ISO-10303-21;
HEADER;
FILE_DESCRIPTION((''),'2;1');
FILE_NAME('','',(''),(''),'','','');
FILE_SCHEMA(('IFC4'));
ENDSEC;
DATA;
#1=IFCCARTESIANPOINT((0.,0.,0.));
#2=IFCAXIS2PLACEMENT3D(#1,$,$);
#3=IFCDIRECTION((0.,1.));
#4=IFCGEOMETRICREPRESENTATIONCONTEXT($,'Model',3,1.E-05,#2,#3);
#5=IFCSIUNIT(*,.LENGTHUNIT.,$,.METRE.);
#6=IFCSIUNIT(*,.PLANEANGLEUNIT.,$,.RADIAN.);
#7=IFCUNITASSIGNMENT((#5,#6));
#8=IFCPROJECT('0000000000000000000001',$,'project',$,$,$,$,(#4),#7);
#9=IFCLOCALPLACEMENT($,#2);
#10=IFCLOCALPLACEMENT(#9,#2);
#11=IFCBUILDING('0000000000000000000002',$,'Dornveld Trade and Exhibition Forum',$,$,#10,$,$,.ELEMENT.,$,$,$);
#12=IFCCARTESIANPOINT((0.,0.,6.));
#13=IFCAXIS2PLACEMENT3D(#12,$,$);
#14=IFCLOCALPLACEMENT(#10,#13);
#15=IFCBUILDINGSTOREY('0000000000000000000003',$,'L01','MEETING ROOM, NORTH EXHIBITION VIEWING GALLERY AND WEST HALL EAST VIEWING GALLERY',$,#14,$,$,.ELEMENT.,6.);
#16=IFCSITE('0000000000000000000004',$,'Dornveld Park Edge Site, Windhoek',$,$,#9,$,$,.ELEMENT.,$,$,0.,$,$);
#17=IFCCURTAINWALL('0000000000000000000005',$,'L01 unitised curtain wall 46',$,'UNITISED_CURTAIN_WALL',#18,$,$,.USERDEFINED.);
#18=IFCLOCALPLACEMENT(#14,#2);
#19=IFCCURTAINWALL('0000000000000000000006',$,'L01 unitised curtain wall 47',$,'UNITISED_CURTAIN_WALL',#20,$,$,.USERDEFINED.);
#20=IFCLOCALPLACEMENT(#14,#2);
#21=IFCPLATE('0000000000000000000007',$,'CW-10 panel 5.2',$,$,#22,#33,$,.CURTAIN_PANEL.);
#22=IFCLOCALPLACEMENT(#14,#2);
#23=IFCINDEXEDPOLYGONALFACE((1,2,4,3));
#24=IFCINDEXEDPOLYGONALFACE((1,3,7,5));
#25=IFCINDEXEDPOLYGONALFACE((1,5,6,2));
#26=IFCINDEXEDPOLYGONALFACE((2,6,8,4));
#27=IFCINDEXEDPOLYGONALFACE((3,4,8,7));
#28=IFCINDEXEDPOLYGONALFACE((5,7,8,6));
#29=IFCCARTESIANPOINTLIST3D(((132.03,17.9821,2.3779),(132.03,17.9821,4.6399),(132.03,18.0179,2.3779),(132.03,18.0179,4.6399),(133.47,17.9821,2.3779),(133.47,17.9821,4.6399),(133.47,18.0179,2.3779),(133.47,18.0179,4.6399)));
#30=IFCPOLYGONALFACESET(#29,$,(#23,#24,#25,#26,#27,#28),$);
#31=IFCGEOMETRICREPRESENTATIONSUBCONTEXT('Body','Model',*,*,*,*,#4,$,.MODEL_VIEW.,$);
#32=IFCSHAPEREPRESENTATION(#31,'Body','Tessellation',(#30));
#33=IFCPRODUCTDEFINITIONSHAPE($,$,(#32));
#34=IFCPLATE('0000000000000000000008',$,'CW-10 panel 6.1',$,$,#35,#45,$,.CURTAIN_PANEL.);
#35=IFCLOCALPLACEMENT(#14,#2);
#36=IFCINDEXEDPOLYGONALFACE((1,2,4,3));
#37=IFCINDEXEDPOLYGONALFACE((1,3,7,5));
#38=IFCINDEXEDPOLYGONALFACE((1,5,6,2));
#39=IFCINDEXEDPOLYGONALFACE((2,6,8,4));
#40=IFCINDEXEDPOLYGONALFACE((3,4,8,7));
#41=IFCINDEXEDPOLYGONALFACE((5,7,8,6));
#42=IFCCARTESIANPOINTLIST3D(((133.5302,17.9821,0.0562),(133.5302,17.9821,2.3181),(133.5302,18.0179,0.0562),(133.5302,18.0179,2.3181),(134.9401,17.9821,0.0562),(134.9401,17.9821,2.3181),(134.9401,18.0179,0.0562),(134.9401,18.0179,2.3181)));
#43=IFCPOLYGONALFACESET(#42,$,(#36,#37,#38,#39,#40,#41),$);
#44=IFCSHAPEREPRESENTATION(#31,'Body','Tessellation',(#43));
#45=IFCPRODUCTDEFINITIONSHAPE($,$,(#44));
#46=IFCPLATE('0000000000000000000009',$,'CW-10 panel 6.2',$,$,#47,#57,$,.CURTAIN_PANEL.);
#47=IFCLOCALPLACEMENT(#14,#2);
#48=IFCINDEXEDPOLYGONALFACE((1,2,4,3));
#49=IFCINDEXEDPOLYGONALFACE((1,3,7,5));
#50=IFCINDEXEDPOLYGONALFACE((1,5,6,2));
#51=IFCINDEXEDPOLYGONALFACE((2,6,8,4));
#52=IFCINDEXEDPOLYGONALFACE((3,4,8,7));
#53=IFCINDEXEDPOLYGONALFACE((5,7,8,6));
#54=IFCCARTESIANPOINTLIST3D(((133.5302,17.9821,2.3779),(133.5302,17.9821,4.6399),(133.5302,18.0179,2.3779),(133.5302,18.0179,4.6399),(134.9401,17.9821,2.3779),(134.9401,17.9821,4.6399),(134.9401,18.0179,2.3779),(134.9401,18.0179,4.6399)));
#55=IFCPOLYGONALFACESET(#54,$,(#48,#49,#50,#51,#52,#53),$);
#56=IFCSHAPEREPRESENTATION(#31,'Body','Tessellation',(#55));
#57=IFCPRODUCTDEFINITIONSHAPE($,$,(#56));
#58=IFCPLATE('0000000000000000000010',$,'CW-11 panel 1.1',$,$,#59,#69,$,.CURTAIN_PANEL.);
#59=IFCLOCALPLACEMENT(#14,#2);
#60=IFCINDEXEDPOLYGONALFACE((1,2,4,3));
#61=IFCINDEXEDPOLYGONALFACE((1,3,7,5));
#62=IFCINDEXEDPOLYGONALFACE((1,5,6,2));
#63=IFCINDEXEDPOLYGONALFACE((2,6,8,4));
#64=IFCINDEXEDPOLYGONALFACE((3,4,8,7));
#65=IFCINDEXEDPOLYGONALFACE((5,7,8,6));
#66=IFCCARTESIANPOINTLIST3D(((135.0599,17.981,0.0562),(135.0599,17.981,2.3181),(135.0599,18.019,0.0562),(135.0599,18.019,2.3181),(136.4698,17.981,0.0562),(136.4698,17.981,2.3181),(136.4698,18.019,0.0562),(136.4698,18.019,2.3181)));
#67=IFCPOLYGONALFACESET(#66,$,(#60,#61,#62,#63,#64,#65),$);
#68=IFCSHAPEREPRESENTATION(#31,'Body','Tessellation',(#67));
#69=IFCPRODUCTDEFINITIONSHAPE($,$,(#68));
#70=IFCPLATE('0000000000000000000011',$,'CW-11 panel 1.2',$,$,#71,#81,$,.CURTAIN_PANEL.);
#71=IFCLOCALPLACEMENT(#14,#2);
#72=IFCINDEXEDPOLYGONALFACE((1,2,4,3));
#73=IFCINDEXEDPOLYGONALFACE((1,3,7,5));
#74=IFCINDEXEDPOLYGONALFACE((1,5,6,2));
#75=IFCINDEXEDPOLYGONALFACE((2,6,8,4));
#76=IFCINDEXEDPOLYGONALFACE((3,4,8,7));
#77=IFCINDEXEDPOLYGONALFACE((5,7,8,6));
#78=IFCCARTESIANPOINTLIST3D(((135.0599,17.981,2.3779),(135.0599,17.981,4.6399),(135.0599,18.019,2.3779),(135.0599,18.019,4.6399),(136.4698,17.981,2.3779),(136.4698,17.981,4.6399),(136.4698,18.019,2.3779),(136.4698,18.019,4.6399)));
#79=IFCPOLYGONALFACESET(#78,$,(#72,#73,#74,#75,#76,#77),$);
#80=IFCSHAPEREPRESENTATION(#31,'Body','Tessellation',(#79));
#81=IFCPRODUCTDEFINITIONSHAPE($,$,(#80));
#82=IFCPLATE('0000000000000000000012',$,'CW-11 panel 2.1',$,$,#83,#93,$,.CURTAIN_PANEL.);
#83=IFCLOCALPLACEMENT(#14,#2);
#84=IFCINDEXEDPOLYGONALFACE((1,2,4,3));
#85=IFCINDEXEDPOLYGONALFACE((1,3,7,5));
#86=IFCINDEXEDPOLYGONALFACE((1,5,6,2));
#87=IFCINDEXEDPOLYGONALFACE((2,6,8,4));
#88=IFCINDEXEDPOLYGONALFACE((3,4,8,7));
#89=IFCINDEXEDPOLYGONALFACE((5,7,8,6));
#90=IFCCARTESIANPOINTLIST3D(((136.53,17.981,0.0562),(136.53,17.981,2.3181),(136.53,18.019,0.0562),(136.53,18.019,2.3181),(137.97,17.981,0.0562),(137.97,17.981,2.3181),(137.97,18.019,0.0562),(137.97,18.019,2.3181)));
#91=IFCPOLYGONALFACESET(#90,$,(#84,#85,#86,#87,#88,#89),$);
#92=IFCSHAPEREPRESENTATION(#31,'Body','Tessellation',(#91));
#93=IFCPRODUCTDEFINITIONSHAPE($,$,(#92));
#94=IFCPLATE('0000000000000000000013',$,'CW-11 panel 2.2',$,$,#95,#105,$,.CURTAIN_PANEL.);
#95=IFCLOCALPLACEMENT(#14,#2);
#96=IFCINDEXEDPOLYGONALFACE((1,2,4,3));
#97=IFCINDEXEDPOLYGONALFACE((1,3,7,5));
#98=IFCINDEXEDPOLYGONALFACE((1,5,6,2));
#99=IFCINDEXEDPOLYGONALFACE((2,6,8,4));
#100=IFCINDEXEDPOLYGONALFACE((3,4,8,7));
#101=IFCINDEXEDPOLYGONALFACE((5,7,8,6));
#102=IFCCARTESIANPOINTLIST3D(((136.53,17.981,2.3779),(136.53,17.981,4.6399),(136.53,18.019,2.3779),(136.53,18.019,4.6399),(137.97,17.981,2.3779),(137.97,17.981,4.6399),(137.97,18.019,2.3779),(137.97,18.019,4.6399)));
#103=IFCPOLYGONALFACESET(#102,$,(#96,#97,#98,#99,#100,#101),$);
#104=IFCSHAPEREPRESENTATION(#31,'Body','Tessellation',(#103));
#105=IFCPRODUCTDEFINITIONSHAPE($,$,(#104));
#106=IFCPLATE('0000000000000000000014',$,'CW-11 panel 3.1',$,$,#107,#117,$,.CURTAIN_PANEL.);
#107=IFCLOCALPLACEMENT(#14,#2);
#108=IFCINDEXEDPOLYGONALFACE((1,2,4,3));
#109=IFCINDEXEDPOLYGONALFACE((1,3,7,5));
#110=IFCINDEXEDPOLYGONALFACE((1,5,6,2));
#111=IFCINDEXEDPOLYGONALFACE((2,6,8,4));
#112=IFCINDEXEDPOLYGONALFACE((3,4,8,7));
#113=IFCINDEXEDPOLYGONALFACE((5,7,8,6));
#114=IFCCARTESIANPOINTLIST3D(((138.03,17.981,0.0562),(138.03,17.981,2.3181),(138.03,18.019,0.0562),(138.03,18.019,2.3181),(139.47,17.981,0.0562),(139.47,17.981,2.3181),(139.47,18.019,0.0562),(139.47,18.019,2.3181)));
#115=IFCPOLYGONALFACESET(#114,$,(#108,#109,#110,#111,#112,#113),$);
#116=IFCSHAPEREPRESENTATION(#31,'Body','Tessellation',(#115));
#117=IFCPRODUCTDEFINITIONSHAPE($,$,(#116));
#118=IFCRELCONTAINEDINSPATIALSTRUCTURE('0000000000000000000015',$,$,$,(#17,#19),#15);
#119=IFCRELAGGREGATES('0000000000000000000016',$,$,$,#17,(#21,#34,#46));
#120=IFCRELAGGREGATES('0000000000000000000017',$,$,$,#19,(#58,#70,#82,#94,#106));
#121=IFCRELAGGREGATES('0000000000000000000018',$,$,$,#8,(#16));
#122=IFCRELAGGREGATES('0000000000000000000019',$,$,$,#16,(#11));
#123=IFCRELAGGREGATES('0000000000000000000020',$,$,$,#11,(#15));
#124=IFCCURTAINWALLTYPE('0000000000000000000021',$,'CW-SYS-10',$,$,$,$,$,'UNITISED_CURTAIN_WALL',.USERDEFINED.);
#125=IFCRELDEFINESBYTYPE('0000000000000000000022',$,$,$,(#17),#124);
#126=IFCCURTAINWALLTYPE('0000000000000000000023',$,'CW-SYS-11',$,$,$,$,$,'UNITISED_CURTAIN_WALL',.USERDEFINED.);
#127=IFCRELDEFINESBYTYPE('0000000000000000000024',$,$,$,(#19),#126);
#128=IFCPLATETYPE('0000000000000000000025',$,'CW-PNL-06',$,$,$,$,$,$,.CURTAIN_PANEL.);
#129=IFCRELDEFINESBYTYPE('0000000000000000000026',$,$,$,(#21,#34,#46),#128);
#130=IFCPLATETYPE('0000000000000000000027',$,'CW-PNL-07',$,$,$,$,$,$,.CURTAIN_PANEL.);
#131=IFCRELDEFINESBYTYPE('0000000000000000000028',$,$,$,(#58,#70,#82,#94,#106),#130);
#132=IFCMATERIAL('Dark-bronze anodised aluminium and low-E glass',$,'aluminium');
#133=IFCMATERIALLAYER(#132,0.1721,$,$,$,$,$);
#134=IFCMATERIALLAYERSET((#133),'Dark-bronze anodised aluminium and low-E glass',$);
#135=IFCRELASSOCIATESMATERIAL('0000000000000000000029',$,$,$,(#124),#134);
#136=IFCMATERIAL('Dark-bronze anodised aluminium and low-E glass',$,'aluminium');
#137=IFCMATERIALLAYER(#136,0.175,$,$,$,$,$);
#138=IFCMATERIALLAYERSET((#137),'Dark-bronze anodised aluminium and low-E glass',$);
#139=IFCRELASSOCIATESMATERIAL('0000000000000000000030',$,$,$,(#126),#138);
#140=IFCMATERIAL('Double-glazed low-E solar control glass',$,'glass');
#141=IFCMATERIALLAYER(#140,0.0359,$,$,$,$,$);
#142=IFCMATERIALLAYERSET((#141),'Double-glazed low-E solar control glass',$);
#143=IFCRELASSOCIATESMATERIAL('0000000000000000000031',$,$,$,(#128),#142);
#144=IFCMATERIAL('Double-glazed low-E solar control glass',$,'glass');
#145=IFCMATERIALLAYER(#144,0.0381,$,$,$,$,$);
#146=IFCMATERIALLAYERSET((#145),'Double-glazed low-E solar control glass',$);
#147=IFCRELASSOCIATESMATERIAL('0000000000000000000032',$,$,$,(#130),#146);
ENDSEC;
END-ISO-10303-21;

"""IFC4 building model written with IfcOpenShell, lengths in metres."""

from ifc_helpers import new_model, si_unit, direction, frame, origin, origin_2d, place, context, subcontext, project, spatial, rectangle, extrude, material, layer, layer_set, type_object, element, aggregate, save


model = new_model("IFC4")

# Units and contexts
model_context = context("Model", 3, precision=1e-05, world=origin(), true_north=direction((0.0, 1.0)))
body_context = subcontext(model_context, "Body", "Model", "MODEL_VIEW")
ifc_project = project(units=[si_unit("LENGTHUNIT", "METRE"), si_unit("PLANEANGLEUNIT", "RADIAN")], contexts=[model_context])

# Site, building, storey
site_placement = place(None, origin())
site = spatial("IfcSite", under=ifc_project, at=site_placement, Name="Dornveld Park Edge Site, Windhoek", CompositionType="ELEMENT", RefElevation=0.0)
building_placement = place(site_placement, origin())
building = spatial("IfcBuilding", under=site, at=building_placement, Name="Dornveld Trade and Exhibition Forum", CompositionType="ELEMENT")
storey_placement = place(building_placement, frame((0.0, 0.0, 6.0)))
storey = spatial("IfcBuildingStorey", under=building, at=storey_placement, Name="L01", Description="MEETING ROOM, NORTH EXHIBITION VIEWING GALLERY AND WEST HALL EAST VIEWING GALLERY", CompositionType="ELEMENT", Elevation=6.0)

# Curtain walls
ifc_material_1 = material(Name="Dark-bronze anodised aluminium and low-E glass", Category="aluminium")
ifc_layer_1 = layer(ifc_material_1, 0.1721)
ifc_layer_set_1 = layer_set([ifc_layer_1], Name="Dark-bronze anodised aluminium and low-E glass")
curtain_wall_type_1 = type_object("IfcCurtainWallType", Name="CW-SYS-10", ElementType="UNITISED_CURTAIN_WALL", PredefinedType="USERDEFINED", material=ifc_layer_set_1)
curtain_wall_1_placement = place(storey_placement, origin())
curtain_wall_1 = element("IfcCurtainWall", 1, at=curtain_wall_1_placement, inside=storey, type_object=curtain_wall_type_1, Name="L01 unitised curtain wall 46", ObjectType="UNITISED_CURTAIN_WALL", PredefinedType="USERDEFINED")
ifc_material_2 = material(Name="Dark-bronze anodised aluminium and low-E glass", Category="aluminium")
ifc_layer_2 = layer(ifc_material_2, 0.175)
ifc_layer_set_2 = layer_set([ifc_layer_2], Name="Dark-bronze anodised aluminium and low-E glass")
curtain_wall_type_2 = type_object("IfcCurtainWallType", Name="CW-SYS-11", ElementType="UNITISED_CURTAIN_WALL", PredefinedType="USERDEFINED", material=ifc_layer_set_2)
curtain_wall_2_placement = place(storey_placement, origin())
curtain_wall_2 = element("IfcCurtainWall", 2, at=curtain_wall_2_placement, inside=storey, type_object=curtain_wall_type_2, Name="L01 unitised curtain wall 47", ObjectType="UNITISED_CURTAIN_WALL", PredefinedType="USERDEFINED")

# Plates
ifc_material_3 = material(Name="Double-glazed low-E solar control glass", Category="glass")
ifc_layer_3 = layer(ifc_material_3, 0.0359)
ifc_layer_set_3 = layer_set([ifc_layer_3], Name="Double-glazed low-E solar control glass")
plate_type_1 = type_object("IfcPlateType", Name="CW-PNL-06", PredefinedType="CURTAIN_PANEL", material=ifc_layer_set_3)
plate_1_placement = place(storey_placement, frame((132.75, 18.0, 2.3779), z_axis=(0.0, 0.0, 1.0), x_axis=(1.0, 0.0, 0.0)))
plate_1 = element("IfcPlate", 3, at=plate_1_placement, type_object=plate_type_1, Name="CW-10 panel 5.2", PredefinedType="CURTAIN_PANEL", context=body_context, shape_type="SweptSolid", body=[
    extrude(rectangle(XDim=1.4399, YDim=0.0359, at=origin_2d()), origin(), (0.0, 0.0, 1.0), 2.262),
])
plate_2_placement = place(storey_placement, frame((134.2351, 18.0, 0.0562), z_axis=(0.0, 0.0, 1.0), x_axis=(1.0, 0.0, 0.0)))
plate_2 = element("IfcPlate", 4, at=plate_2_placement, type_object=plate_type_1, Name="CW-10 panel 6.1", PredefinedType="CURTAIN_PANEL", context=body_context, shape_type="SweptSolid", body=[
    extrude(rectangle(XDim=1.4099, YDim=0.0359, at=origin_2d()), origin(), (0.0, 0.0, 1.0), 2.262),
])
plate_3_placement = place(storey_placement, frame((134.2351, 18.0, 2.3779), z_axis=(0.0, 0.0, 1.0), x_axis=(1.0, 0.0, 0.0)))
plate_3 = element("IfcPlate", 5, at=plate_3_placement, type_object=plate_type_1, Name="CW-10 panel 6.2", PredefinedType="CURTAIN_PANEL", context=body_context, shape_type="SweptSolid", body=[
    extrude(rectangle(XDim=1.4099, YDim=0.0359, at=origin_2d()), origin(), (0.0, 0.0, 1.0), 2.262),
])
aggregate(curtain_wall_1, [plate_1, plate_2, plate_3])
ifc_material_4 = material(Name="Double-glazed low-E solar control glass", Category="glass")
ifc_layer_4 = layer(ifc_material_4, 0.0381)
ifc_layer_set_4 = layer_set([ifc_layer_4], Name="Double-glazed low-E solar control glass")
plate_type_2 = type_object("IfcPlateType", Name="CW-PNL-07", PredefinedType="CURTAIN_PANEL", material=ifc_layer_set_4)
plate_4_placement = place(storey_placement, frame((135.7649, 18.0, 0.0562), z_axis=(0.0, 0.0, 1.0), x_axis=(1.0, 0.0, 0.0)))
plate_4 = element("IfcPlate", 6, at=plate_4_placement, type_object=plate_type_2, Name="CW-11 panel 1.1", PredefinedType="CURTAIN_PANEL", context=body_context, shape_type="SweptSolid", body=[
    extrude(rectangle(XDim=1.4099, YDim=0.0381, at=origin_2d()), origin(), (0.0, 0.0, 1.0), 2.262),
])
plate_5_placement = place(storey_placement, frame((135.7649, 18.0, 2.3779), z_axis=(0.0, 0.0, 1.0), x_axis=(1.0, 0.0, 0.0)))
plate_5 = element("IfcPlate", 7, at=plate_5_placement, type_object=plate_type_2, Name="CW-11 panel 1.2", PredefinedType="CURTAIN_PANEL", context=body_context, shape_type="SweptSolid", body=[
    extrude(rectangle(XDim=1.4099, YDim=0.0381, at=origin_2d()), origin(), (0.0, 0.0, 1.0), 2.262),
])
plate_6_placement = place(storey_placement, frame((137.25, 18.0, 0.0562), z_axis=(0.0, 0.0, 1.0), x_axis=(1.0, 0.0, 0.0)))
plate_6 = element("IfcPlate", 8, at=plate_6_placement, type_object=plate_type_2, Name="CW-11 panel 2.1", PredefinedType="CURTAIN_PANEL", context=body_context, shape_type="SweptSolid", body=[
    extrude(rectangle(XDim=1.4399, YDim=0.0381, at=origin_2d()), origin(), (0.0, 0.0, 1.0), 2.262),
])
plate_7_placement = place(storey_placement, frame((137.25, 18.0, 2.3779), z_axis=(0.0, 0.0, 1.0), x_axis=(1.0, 0.0, 0.0)))
plate_7 = element("IfcPlate", 9, at=plate_7_placement, type_object=plate_type_2, Name="CW-11 panel 2.2", PredefinedType="CURTAIN_PANEL", context=body_context, shape_type="SweptSolid", body=[
    extrude(rectangle(XDim=1.4399, YDim=0.0381, at=origin_2d()), origin(), (0.0, 0.0, 1.0), 2.262),
])
plate_8_placement = place(storey_placement, frame((138.75, 18.0, 0.0562), z_axis=(0.0, 0.0, 1.0), x_axis=(1.0, 0.0, 0.0)))
plate_8 = element("IfcPlate", 10, at=plate_8_placement, type_object=plate_type_2, Name="CW-11 panel 3.1", PredefinedType="CURTAIN_PANEL", context=body_context, shape_type="SweptSolid", body=[
    extrude(rectangle(XDim=1.4399, YDim=0.0381, at=origin_2d()), origin(), (0.0, 0.0, 1.0), 2.262),
])
aggregate(curtain_wall_2, [plate_4, plate_5, plate_6, plate_7, plate_8])

save(model, "model.ifc")
